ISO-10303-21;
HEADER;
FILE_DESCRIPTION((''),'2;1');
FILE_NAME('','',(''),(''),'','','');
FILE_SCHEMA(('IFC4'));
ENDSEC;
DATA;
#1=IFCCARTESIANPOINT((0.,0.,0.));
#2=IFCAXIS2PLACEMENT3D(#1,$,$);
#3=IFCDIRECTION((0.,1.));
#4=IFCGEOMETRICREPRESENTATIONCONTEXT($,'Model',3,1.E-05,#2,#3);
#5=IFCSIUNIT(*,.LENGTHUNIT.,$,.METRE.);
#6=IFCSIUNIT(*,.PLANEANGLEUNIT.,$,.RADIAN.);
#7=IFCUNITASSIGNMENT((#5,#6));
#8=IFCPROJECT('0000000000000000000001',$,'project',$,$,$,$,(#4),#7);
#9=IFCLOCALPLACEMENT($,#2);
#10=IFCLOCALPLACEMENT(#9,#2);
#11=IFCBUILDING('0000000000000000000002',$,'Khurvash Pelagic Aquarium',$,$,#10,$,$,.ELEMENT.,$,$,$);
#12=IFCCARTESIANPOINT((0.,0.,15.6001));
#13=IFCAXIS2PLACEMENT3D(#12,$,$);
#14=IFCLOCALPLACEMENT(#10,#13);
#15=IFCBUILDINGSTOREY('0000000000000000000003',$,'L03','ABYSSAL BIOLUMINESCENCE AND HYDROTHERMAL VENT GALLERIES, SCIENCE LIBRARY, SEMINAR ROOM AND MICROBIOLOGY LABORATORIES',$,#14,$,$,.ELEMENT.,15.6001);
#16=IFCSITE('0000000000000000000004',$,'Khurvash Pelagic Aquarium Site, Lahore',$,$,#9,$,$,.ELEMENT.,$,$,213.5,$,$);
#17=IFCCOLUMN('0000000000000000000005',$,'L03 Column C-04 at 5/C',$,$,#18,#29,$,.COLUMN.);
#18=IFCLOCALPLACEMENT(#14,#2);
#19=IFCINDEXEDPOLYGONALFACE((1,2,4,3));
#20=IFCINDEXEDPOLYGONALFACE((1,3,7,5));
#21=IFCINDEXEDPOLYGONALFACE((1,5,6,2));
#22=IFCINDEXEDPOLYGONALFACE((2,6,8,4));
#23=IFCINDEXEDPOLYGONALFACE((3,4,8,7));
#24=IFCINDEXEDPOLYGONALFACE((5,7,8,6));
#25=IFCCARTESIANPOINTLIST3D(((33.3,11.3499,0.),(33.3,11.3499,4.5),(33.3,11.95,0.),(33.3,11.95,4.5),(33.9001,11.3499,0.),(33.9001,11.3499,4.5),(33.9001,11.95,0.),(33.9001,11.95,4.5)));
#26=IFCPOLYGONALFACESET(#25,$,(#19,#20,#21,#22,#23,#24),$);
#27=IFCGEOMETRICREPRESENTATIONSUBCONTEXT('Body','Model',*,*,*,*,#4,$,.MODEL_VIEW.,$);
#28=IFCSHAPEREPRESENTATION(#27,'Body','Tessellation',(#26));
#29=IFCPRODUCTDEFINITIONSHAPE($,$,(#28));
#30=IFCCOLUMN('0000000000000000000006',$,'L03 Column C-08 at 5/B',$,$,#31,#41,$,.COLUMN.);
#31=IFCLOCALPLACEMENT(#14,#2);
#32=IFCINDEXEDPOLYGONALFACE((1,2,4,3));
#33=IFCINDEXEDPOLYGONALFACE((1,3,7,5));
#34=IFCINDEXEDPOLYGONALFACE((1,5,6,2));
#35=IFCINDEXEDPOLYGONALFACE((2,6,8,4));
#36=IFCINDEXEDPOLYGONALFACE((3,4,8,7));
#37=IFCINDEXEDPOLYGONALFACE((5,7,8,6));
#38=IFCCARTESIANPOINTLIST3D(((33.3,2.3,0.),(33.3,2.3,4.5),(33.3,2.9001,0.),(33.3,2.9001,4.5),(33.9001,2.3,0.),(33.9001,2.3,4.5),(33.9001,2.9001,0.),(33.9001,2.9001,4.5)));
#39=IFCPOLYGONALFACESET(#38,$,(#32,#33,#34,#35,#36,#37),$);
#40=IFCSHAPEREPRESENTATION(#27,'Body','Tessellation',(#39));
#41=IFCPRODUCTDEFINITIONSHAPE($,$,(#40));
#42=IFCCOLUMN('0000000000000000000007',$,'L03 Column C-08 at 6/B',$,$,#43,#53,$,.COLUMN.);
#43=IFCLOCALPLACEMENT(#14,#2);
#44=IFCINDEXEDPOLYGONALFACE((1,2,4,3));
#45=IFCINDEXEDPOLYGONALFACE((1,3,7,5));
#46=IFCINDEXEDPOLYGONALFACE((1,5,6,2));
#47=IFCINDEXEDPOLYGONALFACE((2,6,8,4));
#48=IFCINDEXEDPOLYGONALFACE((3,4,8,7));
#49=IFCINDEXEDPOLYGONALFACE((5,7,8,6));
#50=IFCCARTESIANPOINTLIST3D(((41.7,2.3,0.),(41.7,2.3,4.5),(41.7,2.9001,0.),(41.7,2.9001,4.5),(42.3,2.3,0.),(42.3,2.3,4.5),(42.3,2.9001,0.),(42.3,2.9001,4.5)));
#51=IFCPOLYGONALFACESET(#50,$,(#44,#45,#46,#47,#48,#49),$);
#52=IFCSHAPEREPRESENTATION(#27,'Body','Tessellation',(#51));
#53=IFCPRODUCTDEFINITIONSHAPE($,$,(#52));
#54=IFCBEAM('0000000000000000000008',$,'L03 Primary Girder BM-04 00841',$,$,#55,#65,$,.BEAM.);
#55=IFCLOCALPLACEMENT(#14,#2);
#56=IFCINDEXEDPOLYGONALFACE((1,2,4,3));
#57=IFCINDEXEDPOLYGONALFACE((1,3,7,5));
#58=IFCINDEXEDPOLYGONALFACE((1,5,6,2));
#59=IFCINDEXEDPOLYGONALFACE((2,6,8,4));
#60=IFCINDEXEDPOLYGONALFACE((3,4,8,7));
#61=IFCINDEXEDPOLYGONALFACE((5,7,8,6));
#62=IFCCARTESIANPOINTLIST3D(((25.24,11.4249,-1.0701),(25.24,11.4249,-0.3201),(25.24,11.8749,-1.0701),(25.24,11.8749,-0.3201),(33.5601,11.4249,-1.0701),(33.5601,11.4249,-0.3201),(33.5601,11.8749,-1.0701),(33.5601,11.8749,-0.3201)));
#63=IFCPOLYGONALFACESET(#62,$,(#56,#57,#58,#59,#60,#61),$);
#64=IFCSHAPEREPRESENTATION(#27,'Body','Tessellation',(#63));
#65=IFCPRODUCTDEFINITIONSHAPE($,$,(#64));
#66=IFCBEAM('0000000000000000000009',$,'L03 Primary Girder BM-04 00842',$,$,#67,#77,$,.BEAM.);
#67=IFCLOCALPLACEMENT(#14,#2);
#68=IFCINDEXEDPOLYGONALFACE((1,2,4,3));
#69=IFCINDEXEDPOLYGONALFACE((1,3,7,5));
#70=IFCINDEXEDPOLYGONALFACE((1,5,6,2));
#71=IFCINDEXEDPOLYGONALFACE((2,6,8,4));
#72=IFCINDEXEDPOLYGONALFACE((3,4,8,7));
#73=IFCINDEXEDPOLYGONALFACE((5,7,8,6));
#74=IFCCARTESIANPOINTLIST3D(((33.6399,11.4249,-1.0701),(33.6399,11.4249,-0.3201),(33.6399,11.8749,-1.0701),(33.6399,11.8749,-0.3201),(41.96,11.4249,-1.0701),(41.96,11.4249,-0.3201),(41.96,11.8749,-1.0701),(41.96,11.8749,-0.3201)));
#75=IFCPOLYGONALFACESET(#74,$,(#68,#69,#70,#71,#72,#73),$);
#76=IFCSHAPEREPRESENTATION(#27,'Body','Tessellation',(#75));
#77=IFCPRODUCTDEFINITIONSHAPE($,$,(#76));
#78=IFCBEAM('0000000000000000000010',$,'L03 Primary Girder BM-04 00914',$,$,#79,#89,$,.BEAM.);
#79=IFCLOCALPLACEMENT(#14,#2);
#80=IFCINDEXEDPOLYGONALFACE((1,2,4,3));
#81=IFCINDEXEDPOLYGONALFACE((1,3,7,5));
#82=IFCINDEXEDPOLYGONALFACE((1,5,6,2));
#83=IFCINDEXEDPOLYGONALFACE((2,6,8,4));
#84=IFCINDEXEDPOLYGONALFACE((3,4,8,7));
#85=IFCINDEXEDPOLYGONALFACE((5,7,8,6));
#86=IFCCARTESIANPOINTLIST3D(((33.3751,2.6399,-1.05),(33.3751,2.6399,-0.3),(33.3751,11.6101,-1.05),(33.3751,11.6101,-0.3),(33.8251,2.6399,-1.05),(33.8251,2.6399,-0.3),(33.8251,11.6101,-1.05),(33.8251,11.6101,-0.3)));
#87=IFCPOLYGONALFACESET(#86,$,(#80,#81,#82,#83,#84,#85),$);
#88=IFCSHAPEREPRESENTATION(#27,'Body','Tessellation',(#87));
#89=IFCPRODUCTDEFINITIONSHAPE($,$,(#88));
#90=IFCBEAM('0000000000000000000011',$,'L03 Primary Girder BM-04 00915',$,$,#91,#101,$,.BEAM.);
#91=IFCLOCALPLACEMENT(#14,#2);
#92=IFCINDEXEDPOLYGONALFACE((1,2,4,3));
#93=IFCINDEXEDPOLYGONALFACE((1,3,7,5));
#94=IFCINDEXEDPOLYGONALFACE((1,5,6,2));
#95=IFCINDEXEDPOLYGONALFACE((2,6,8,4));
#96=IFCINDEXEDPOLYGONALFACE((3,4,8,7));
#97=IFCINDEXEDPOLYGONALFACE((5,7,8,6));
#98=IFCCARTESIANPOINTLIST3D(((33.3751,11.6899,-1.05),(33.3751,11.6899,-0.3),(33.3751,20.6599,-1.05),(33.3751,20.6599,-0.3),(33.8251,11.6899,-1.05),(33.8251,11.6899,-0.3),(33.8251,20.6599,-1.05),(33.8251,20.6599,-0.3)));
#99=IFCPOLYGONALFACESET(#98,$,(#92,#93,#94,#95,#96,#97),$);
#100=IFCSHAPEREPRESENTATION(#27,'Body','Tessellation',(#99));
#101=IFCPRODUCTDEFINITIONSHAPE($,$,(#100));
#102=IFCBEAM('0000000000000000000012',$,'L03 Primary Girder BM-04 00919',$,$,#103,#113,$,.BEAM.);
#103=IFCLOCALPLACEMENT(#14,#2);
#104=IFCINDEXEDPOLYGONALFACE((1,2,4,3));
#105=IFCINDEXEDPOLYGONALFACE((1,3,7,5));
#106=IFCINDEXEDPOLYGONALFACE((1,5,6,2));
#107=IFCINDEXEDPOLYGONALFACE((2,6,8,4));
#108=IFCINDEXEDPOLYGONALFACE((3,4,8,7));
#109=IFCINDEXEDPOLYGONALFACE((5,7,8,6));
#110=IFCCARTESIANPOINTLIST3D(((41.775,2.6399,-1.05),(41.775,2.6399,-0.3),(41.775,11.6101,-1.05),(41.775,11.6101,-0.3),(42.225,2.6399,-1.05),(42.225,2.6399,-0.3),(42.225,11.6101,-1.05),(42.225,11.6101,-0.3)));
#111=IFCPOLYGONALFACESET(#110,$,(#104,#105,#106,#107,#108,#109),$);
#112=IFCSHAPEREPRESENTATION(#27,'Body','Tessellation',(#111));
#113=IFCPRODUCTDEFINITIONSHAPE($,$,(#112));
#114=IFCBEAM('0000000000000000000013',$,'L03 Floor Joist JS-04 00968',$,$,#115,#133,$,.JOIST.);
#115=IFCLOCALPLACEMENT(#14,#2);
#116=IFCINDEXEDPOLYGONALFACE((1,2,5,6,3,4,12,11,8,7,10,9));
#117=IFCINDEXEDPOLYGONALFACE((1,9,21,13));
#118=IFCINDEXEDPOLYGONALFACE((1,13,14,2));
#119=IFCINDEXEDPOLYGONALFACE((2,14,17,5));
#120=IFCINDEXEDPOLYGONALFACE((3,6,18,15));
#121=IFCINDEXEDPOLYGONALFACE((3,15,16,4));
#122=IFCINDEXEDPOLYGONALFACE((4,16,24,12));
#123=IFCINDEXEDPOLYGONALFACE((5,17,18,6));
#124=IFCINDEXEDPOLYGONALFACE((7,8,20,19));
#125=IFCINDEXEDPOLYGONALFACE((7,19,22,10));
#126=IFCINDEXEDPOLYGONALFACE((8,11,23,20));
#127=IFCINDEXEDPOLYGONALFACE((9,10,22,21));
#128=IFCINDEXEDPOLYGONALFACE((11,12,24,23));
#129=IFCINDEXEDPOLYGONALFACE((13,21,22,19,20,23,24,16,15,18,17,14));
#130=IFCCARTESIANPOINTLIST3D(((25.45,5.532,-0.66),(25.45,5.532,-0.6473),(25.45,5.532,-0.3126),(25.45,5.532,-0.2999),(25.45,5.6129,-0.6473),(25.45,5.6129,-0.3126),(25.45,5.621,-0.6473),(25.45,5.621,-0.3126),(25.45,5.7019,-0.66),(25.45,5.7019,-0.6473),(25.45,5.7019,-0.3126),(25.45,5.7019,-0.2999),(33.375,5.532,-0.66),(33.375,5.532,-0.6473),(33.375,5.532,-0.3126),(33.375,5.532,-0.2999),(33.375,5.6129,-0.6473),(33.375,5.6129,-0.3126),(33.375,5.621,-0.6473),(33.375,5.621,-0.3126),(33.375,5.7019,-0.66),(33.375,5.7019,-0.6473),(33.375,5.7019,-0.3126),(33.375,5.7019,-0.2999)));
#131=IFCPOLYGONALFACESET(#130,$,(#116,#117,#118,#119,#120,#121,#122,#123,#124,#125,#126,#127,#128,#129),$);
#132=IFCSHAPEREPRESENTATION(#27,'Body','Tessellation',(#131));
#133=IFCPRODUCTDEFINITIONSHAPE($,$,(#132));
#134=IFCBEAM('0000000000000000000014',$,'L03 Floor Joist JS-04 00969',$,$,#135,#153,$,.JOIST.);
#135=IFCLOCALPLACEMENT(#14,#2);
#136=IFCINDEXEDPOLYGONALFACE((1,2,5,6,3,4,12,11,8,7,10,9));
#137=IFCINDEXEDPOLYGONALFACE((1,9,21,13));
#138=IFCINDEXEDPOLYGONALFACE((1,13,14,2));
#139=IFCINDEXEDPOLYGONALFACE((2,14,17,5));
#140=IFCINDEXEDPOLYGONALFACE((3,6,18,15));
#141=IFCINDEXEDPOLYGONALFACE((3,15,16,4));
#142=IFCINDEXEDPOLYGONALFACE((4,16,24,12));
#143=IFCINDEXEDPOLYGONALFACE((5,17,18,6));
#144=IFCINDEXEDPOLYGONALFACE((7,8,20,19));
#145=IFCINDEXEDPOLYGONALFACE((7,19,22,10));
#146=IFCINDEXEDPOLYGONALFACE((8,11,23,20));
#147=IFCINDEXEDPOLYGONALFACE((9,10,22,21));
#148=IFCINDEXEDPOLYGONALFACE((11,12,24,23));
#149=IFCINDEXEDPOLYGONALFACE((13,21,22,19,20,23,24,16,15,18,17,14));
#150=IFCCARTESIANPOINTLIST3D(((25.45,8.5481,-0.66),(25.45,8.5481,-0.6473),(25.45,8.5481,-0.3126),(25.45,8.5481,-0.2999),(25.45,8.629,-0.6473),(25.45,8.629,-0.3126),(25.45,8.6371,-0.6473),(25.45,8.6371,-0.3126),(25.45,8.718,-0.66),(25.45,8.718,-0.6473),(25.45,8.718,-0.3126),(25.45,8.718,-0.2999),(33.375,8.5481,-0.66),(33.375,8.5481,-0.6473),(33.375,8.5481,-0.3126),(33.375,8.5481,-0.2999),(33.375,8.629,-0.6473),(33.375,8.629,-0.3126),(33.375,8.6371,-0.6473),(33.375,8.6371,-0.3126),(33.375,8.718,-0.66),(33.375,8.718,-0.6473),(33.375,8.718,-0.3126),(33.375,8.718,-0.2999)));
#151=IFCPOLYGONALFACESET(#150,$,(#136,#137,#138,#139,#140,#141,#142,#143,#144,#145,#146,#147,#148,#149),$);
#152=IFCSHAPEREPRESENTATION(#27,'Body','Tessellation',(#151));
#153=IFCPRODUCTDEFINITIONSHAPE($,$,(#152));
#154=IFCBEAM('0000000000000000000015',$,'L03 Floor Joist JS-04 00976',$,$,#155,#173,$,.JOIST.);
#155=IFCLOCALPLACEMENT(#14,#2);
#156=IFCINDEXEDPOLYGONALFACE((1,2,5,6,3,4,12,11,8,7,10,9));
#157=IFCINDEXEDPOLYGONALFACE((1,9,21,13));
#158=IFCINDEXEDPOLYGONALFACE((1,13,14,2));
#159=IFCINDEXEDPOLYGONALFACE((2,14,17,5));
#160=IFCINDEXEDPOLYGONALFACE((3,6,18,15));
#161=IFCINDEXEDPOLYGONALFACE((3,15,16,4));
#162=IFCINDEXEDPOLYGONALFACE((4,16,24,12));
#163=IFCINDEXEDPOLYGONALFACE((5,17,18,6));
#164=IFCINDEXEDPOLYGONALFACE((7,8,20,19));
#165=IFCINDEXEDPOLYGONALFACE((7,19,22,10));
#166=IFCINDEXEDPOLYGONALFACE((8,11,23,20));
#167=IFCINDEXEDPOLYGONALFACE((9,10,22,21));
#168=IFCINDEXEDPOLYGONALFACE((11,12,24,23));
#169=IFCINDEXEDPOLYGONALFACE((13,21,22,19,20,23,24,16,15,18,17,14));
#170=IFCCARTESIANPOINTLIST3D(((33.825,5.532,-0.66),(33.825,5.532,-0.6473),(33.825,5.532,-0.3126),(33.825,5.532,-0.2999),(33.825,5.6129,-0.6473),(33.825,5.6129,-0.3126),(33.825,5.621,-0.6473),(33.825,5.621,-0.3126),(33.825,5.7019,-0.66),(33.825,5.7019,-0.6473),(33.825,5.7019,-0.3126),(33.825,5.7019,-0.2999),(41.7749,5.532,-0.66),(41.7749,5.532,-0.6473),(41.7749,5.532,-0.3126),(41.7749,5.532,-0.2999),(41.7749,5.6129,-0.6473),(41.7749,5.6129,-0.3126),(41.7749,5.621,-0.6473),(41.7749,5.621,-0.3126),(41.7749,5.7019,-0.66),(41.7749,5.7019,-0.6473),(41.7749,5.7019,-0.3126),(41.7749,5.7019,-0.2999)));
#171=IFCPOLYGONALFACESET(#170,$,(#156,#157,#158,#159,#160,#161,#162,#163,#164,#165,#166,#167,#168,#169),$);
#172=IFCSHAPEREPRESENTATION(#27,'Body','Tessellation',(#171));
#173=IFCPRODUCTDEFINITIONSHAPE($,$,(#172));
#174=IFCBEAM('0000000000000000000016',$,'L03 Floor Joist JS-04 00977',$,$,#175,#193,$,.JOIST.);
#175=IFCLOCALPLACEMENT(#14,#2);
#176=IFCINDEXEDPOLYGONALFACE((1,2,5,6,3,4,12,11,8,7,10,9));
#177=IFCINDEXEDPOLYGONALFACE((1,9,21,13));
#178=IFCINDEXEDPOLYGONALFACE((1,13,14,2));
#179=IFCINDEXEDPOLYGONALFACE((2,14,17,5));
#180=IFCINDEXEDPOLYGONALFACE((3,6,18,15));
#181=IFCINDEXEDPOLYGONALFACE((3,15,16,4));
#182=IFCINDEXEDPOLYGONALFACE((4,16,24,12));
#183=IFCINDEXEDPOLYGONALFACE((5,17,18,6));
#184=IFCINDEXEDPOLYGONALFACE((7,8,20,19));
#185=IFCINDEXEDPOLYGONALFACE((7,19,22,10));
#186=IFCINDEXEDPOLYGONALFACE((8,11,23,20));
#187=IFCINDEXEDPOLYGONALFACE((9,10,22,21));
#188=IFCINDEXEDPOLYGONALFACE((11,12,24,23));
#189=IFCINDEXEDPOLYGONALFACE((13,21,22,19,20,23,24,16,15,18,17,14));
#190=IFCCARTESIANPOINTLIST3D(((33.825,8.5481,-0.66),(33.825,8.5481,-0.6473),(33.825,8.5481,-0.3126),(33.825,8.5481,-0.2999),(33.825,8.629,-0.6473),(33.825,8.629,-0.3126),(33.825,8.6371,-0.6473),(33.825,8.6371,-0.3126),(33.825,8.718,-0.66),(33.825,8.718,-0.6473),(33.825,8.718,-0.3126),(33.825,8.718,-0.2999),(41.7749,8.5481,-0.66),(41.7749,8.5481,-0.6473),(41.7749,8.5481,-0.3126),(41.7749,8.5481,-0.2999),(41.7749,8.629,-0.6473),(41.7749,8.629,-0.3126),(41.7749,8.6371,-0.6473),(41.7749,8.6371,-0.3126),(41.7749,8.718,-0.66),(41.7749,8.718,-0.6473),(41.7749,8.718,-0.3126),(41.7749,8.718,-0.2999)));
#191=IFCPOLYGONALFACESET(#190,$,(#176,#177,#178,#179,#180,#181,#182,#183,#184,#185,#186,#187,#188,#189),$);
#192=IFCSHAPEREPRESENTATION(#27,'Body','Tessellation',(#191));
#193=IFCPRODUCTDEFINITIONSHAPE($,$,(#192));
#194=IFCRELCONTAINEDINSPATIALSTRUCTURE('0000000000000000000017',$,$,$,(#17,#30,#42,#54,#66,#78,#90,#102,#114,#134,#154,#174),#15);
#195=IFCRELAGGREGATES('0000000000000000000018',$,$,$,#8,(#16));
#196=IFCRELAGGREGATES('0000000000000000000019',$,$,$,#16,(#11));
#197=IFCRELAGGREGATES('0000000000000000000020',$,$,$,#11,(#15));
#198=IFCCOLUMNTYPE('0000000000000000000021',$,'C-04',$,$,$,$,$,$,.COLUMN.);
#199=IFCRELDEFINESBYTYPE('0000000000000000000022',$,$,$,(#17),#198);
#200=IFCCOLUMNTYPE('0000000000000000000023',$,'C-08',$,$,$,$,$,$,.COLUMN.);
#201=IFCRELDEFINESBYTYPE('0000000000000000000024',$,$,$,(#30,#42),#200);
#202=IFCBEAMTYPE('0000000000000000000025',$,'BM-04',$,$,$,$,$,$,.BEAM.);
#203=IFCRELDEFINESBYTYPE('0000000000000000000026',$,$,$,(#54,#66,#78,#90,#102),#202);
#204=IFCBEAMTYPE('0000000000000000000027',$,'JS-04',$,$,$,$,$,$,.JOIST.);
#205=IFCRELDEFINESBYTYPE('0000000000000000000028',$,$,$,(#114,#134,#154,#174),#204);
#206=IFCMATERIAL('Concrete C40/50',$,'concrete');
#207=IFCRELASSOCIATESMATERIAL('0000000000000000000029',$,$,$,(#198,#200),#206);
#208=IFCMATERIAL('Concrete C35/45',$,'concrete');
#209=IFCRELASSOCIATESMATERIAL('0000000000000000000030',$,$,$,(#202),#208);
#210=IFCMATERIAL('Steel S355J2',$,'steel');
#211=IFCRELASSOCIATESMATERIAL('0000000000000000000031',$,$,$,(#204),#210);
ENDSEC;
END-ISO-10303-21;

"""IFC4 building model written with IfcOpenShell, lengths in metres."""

from ifc_helpers import new_model, si_unit, direction, frame, origin, origin_2d, place, context, subcontext, project, spatial, rectangle, i_section, extrude, material, material_profile, profile_set, type_object, element, save


model = new_model("IFC4")

# Units and contexts
model_context = context("Model", 3, precision=1e-05, world=origin(), true_north=direction((0.0, 1.0)))
body_context = subcontext(model_context, "Body", "Model", "MODEL_VIEW")
ifc_project = project(units=[si_unit("LENGTHUNIT", "METRE"), si_unit("PLANEANGLEUNIT", "RADIAN")], contexts=[model_context])

# Site, building, storey
site_placement = place(None, origin())
site = spatial("IfcSite", under=ifc_project, at=site_placement, Name="Khurvash Pelagic Aquarium Site, Lahore", CompositionType="ELEMENT", RefElevation=213.5)
building_placement = place(site_placement, origin())
building = spatial("IfcBuilding", under=site, at=building_placement, Name="Khurvash Pelagic Aquarium", CompositionType="ELEMENT")
storey_placement = place(building_placement, frame((0.0, 0.0, 15.6001)))
storey = spatial("IfcBuildingStorey", under=building, at=storey_placement, Name="L03", Description="ABYSSAL BIOLUMINESCENCE AND HYDROTHERMAL VENT GALLERIES, SCIENCE LIBRARY, SEMINAR ROOM AND MICROBIOLOGY LABORATORIES", CompositionType="ELEMENT", Elevation=15.6001)

# Columns
ifc_material_1 = material(Name="Concrete C40/50", Category="concrete")
ifc_material_profile_1 = material_profile(ifc_material_1, rectangle(XDim=0.6001, YDim=0.6001, at=origin_2d()), Name="RC600X600")
ifc_profile_set_1 = profile_set([ifc_material_profile_1], Name="Concrete C40/50")
column_type_1 = type_object("IfcColumnType", Name="C-04", PredefinedType="COLUMN", material=ifc_profile_set_1)
column_placement = place(storey_placement, frame((33.6001, 11.6499, 0.0), z_axis=(0.0, 0.0, 1.0), x_axis=(1.0, 0.0, 0.0)))
element("IfcColumn", 1, at=column_placement, inside=storey, type_object=column_type_1, Name="L03 Column C-04 at 5/C", PredefinedType="COLUMN", context=body_context, shape_type="SweptSolid", body=[
    extrude(rectangle(XDim=0.6001, YDim=0.6001, at=origin_2d()), origin(), (0.0, 0.0, 1.0), 4.5),
])
ifc_material_profile_2 = material_profile(ifc_material_1, rectangle(XDim=0.6001, YDim=0.6001, at=origin_2d()), Name="RC600X600")
ifc_profile_set_2 = profile_set([ifc_material_profile_2], Name="Concrete C40/50")
column_type_2 = type_object("IfcColumnType", Name="C-08", PredefinedType="COLUMN", material=ifc_profile_set_2)
for number, where, z_axis, x_axis, name in (
    (2, (33.6001, 2.6001, 0.0), (0.0, 0.0, 1.0), (1.0, 0.0, 0.0), "L03 Column C-08 at 5/B"),
    (3, (42.0, 2.6001, 0.0), (0.0, 0.0, 1.0), (1.0, 0.0, 0.0), "L03 Column C-08 at 6/B"),
):
    element("IfcColumn", number, at=place(storey_placement, frame(where, z_axis=z_axis, x_axis=x_axis)), inside=storey, type_object=column_type_2, Name=name, PredefinedType="COLUMN", context=body_context, shape_type="SweptSolid", body=[
        extrude(rectangle(XDim=0.6001, YDim=0.6001, at=origin_2d()), origin(), (0.0, 0.0, 1.0), 4.5),
    ])

# Beams
ifc_material_2 = material(Name="Concrete C35/45", Category="concrete")
ifc_material_profile_3 = material_profile(ifc_material_2, rectangle(XDim=0.45, YDim=0.75, at=origin_2d()), Name="RC450X750")
ifc_profile_set_3 = profile_set([ifc_material_profile_3], Name="Concrete C35/45")
beam_type_1 = type_object("IfcBeamType", Name="BM-04", PredefinedType="BEAM", material=ifc_profile_set_3)
for number, where, z_axis, x_axis, name in (
    (4, (25.24, 11.6499, -0.6951), (1.0, 0.0, 0.0), (0.0, 1.0, 0.0), "L03 Primary Girder BM-04 00841"),
    (5, (33.6399, 11.6499, -0.6951), (1.0, 0.0, 0.0), (0.0, 1.0, 0.0), "L03 Primary Girder BM-04 00842"),
):
    element("IfcBeam", number, at=place(storey_placement, frame(where, z_axis=z_axis, x_axis=x_axis)), inside=storey, type_object=beam_type_1, Name=name, PredefinedType="BEAM", context=body_context, shape_type="SweptSolid", body=[
        extrude(rectangle(XDim=0.45, YDim=0.75, at=origin_2d()), origin(), (0.0, 0.0, 1.0), 8.3201),
    ])
beam_1_placement = place(storey_placement, frame((33.6001, 2.6399, -0.675), z_axis=(0.0, 1.0, 0.0), x_axis=(-1.0, 0.0, 0.0)))
element("IfcBeam", 6, at=beam_1_placement, inside=storey, type_object=beam_type_1, Name="L03 Primary Girder BM-04 00914", PredefinedType="BEAM", context=body_context, shape_type="SweptSolid", body=[
    extrude(rectangle(XDim=0.45, YDim=0.75, at=origin_2d()), origin(), (0.0, 0.0, 1.0), 8.9702),
])
beam_2_placement = place(storey_placement, frame((33.6001, 11.6899, -0.675), z_axis=(0.0, 1.0, 0.0), x_axis=(-1.0, 0.0, 0.0)))
element("IfcBeam", 7, at=beam_2_placement, inside=storey, type_object=beam_type_1, Name="L03 Primary Girder BM-04 00915", PredefinedType="BEAM", context=body_context, shape_type="SweptSolid", body=[
    extrude(rectangle(XDim=0.45, YDim=0.75, at=origin_2d()), origin(), (0.0, 0.0, 1.0), 8.97),
])
beam_3_placement = place(storey_placement, frame((42.0, 2.6399, -0.675), z_axis=(0.0, 1.0, 0.0), x_axis=(-1.0, 0.0, 0.0)))
element("IfcBeam", 8, at=beam_3_placement, inside=storey, type_object=beam_type_1, Name="L03 Primary Girder BM-04 00919", PredefinedType="BEAM", context=body_context, shape_type="SweptSolid", body=[
    extrude(rectangle(XDim=0.45, YDim=0.75, at=origin_2d()), origin(), (0.0, 0.0, 1.0), 8.9702),
])
ifc_material_3 = material(Name="Steel S355J2", Category="steel")
ifc_material_profile_4 = material_profile(ifc_material_3, i_section(OverallWidth=0.1699, OverallDepth=0.3601, WebThickness=0.0081, FlangeThickness=0.0127, at=origin_2d()), Name="IPE360")
ifc_profile_set_4 = profile_set([ifc_material_profile_4], Name="Steel S355J2")
beam_type_2 = type_object("IfcBeamType", Name="JS-04", PredefinedType="JOIST", material=ifc_profile_set_4)
for number, where, z_axis, x_axis, name in (
    (9, (25.45, 5.6169, -0.48), (1.0, 0.0, 0.0), (0.0, 1.0, 0.0), "L03 Floor Joist JS-04 00968"),
    (10, (25.45, 8.6331, -0.48), (1.0, 0.0, 0.0), (0.0, 1.0, 0.0), "L03 Floor Joist JS-04 00969"),
):
    element("IfcBeam", number, at=place(storey_placement, frame(where, z_axis=z_axis, x_axis=x_axis)), inside=storey, type_object=beam_type_2, Name=name, PredefinedType="JOIST", context=body_context, shape_type="SweptSolid", body=[
        extrude(i_section(OverallWidth=0.1699, OverallDepth=0.3601, WebThickness=0.0081, FlangeThickness=0.0127, at=origin_2d()), origin(), (0.0, 0.0, 1.0), 7.925),
    ])
for number, where, z_axis, x_axis, name in (
    (11, (33.825, 5.6169, -0.48), (1.0, 0.0, 0.0), (0.0, 1.0, 0.0), "L03 Floor Joist JS-04 00976"),
    (12, (33.825, 8.6331, -0.48), (1.0, 0.0, 0.0), (0.0, 1.0, 0.0), "L03 Floor Joist JS-04 00977"),
):
    element("IfcBeam", number, at=place(storey_placement, frame(where, z_axis=z_axis, x_axis=x_axis)), inside=storey, type_object=beam_type_2, Name=name, PredefinedType="JOIST", context=body_context, shape_type="SweptSolid", body=[
        extrude(i_section(OverallWidth=0.1699, OverallDepth=0.3601, WebThickness=0.0081, FlangeThickness=0.0127, at=origin_2d()), origin(), (0.0, 0.0, 1.0), 7.95),
    ])

save(model, "model.ifc")
